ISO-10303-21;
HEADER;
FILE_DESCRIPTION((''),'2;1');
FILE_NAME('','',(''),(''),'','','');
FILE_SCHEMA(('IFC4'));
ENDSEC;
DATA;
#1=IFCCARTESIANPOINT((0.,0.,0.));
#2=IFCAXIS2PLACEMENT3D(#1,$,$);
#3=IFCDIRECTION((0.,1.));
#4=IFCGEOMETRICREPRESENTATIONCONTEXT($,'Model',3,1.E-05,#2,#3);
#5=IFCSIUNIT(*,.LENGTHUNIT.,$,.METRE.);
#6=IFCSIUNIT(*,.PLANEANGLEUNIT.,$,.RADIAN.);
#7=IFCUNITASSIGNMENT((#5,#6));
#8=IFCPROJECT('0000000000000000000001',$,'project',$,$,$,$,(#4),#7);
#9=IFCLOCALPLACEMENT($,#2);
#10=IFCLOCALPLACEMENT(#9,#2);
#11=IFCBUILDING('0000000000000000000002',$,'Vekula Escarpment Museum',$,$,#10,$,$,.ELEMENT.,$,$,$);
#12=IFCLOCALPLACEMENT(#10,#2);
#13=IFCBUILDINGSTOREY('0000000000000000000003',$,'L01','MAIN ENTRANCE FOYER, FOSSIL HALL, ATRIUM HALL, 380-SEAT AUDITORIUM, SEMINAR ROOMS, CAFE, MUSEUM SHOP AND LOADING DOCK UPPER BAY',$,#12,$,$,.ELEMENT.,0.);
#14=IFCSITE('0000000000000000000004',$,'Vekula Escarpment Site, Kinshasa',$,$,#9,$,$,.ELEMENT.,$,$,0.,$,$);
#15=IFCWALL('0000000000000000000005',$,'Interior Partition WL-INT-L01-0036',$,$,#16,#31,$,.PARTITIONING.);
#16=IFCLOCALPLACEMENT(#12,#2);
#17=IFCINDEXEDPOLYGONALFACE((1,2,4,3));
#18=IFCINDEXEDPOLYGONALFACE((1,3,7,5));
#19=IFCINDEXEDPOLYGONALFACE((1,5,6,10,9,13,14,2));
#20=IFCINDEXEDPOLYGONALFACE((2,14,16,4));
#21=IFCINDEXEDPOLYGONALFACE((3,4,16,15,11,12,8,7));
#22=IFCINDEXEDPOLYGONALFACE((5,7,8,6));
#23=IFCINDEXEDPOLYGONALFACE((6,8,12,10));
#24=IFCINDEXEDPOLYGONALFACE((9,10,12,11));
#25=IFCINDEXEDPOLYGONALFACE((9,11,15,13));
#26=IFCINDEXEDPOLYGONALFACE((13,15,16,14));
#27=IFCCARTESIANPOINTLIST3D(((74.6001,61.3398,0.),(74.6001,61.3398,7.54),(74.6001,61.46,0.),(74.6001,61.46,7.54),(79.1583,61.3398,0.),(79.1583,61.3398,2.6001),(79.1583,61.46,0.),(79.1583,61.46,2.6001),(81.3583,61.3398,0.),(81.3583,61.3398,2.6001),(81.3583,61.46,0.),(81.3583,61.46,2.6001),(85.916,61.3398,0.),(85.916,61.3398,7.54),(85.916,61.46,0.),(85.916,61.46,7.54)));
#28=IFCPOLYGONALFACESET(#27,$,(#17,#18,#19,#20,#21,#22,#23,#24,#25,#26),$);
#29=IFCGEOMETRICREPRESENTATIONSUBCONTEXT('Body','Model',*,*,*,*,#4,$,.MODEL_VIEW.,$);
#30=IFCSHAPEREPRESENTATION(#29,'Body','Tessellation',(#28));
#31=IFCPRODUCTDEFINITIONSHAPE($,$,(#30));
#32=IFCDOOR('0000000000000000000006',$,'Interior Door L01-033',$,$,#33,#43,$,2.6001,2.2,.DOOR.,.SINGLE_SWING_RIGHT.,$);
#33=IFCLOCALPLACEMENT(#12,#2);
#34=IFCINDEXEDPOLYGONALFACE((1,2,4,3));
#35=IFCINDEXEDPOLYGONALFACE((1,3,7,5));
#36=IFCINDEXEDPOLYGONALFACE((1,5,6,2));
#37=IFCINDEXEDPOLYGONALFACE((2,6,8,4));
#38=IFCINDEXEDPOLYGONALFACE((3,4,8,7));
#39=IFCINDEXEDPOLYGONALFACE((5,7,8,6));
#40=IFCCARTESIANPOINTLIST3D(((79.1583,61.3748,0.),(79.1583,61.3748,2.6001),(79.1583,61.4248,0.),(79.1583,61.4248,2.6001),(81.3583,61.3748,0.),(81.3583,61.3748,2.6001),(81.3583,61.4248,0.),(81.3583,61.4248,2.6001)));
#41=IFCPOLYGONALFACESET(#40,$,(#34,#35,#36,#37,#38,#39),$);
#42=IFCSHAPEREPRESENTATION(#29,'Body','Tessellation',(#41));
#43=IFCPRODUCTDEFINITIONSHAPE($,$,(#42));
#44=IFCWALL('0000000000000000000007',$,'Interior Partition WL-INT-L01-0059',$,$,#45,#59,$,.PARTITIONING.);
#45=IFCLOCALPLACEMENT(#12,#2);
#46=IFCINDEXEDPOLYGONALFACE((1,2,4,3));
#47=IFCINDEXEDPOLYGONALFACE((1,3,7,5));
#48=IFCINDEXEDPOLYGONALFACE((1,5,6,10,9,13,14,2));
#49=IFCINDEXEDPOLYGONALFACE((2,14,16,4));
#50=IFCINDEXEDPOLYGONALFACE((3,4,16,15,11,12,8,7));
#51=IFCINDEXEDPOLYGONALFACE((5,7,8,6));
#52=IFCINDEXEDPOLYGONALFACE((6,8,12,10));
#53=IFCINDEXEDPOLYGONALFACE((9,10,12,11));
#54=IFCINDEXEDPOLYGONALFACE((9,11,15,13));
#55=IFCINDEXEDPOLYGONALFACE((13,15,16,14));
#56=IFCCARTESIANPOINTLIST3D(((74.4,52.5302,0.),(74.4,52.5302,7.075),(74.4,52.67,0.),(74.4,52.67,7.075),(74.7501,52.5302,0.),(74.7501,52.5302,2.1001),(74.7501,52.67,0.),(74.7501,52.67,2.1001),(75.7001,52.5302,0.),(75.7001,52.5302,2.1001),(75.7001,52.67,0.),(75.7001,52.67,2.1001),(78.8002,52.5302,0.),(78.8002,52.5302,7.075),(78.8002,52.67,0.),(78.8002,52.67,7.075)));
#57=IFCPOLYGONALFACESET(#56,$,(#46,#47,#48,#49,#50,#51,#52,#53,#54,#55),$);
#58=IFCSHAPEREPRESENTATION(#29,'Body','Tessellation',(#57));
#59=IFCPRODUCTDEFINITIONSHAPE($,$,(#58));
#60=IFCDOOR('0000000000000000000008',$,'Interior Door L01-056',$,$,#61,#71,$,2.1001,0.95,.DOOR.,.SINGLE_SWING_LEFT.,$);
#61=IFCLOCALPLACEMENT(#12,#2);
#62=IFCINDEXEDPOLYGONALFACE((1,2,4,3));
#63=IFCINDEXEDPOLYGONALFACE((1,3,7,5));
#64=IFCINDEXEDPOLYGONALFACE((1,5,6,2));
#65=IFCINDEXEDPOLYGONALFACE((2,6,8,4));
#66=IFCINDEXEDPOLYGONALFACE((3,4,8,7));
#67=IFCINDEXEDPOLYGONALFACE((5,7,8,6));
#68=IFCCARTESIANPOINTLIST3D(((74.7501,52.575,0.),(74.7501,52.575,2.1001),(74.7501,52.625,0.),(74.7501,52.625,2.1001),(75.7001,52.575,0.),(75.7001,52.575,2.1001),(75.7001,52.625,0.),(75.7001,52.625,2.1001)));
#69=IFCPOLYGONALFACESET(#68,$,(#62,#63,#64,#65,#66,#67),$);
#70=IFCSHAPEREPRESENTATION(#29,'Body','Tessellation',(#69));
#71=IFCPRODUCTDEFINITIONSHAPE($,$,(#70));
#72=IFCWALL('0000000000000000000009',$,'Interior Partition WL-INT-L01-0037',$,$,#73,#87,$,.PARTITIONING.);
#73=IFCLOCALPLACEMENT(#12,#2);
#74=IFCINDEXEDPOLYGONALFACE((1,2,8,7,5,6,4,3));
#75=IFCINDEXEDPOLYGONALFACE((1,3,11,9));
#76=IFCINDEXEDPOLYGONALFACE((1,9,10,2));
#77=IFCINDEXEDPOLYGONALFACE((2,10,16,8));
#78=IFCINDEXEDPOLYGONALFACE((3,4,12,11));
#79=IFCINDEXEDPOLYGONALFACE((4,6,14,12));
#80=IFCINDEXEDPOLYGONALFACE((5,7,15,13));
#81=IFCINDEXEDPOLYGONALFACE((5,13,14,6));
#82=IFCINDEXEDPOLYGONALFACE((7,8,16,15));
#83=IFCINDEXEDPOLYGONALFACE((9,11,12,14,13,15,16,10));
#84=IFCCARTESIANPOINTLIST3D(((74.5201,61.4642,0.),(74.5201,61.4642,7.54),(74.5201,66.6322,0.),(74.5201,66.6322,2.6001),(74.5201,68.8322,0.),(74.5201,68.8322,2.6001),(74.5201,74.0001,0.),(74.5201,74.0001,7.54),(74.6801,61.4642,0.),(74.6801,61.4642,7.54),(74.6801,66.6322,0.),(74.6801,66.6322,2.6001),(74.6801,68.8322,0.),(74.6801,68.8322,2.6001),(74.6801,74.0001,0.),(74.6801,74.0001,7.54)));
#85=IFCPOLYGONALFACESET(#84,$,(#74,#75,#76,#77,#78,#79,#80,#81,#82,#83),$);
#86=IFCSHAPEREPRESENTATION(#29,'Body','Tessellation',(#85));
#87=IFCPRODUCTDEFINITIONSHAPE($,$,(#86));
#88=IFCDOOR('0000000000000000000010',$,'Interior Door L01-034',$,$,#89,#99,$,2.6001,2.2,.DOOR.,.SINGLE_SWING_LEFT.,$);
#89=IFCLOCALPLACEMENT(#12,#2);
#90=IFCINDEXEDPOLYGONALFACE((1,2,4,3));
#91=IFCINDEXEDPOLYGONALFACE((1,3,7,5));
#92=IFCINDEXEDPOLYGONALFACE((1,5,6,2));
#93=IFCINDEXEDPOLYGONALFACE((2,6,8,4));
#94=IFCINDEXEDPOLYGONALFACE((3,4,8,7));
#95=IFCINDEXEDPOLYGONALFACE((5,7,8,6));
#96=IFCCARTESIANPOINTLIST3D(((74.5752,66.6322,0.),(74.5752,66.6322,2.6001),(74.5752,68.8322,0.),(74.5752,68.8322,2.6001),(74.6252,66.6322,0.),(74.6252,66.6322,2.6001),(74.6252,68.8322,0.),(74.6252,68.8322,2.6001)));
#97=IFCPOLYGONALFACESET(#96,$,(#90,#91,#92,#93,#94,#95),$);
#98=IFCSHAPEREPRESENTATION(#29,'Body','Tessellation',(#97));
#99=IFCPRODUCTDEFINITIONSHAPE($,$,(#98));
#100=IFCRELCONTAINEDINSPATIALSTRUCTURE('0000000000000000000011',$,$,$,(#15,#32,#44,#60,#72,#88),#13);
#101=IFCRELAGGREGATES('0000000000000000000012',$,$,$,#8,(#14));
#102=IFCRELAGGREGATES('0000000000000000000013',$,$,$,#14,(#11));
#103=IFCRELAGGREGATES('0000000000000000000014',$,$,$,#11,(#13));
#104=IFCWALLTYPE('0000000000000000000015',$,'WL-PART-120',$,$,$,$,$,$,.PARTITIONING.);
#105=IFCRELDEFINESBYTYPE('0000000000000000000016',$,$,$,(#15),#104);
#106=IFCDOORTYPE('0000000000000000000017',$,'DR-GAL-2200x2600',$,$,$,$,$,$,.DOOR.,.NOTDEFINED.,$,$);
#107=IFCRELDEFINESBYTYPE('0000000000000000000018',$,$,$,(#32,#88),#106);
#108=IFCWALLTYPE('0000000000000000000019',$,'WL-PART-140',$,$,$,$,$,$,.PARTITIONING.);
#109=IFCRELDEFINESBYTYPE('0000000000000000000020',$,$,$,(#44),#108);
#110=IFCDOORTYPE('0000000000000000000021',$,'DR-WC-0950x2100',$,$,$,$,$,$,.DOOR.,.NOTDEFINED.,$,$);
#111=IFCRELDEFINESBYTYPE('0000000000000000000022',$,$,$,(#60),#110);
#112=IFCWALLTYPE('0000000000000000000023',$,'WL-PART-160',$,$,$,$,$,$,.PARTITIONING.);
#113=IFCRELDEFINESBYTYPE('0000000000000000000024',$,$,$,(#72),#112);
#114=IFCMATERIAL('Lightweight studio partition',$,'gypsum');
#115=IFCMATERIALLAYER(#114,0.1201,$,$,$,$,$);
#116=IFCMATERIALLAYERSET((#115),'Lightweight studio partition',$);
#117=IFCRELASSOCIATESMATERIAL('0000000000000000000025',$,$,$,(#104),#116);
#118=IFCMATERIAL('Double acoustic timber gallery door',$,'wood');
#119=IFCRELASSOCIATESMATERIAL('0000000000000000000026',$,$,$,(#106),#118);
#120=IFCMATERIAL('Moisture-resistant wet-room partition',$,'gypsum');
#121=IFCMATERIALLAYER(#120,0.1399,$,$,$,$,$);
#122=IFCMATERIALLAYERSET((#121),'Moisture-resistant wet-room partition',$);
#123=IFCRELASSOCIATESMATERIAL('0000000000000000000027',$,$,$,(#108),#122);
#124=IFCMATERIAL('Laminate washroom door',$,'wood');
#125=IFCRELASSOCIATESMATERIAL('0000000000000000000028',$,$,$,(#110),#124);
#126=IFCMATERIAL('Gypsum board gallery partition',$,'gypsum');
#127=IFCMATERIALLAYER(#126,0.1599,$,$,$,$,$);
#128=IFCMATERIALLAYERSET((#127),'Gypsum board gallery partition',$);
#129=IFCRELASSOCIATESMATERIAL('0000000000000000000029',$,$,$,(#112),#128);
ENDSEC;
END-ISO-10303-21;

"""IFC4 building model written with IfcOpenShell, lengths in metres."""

from ifc_helpers import new_model, si_unit, direction, frame, frame_2d, origin, place, context, subcontext, project, spatial, rectangle, extrude, material, layer, layer_set, type_object, element, fill, save


model = new_model("IFC4")

# Units and contexts
model_context = context("Model", 3, precision=1e-05, world=origin(), true_north=direction((0.0, 1.0)))
body_context = subcontext(model_context, "Body", "Model", "MODEL_VIEW")
ifc_project = project(units=[si_unit("LENGTHUNIT", "METRE"), si_unit("PLANEANGLEUNIT", "RADIAN")], contexts=[model_context])

# Site, building, storey
site_placement = place(None, origin())
site = spatial("IfcSite", under=ifc_project, at=site_placement, Name="Vekula Escarpment Site, Kinshasa", CompositionType="ELEMENT", RefElevation=0.0)
building_placement = place(site_placement, origin())
building = spatial("IfcBuilding", under=site, at=building_placement, Name="Vekula Escarpment Museum", CompositionType="ELEMENT")
storey_placement = place(building_placement, origin())
storey = spatial("IfcBuildingStorey", under=building, at=storey_placement, Name="L01", Description="MAIN ENTRANCE FOYER, FOSSIL HALL, ATRIUM HALL, 380-SEAT AUDITORIUM, SEMINAR ROOMS, CAFE, MUSEUM SHOP AND LOADING DOCK UPPER BAY", CompositionType="ELEMENT", Elevation=0.0)

# Walls, openings, doors
ifc_material_1 = material(Name="Lightweight studio partition", Category="gypsum")
ifc_layer_1 = layer(ifc_material_1, 0.1201)
ifc_layer_set_1 = layer_set([ifc_layer_1], Name="Lightweight studio partition")
wall_type_1 = type_object("IfcWallType", Name="WL-PART-120", PredefinedType="PARTITIONING", material=ifc_layer_set_1)
wall_1_placement = place(storey_placement, frame((74.6001, 61.3999, 0.0), z_axis=(0.0, 0.0, 1.0), x_axis=(1.0, 0.0, 0.0)))
wall_1 = element("IfcWall", 1, at=wall_1_placement, inside=storey, type_object=wall_type_1, Name="Interior Partition WL-INT-L01-0036", PredefinedType="PARTITIONING", context=body_context, shape_type="SweptSolid", body=[
    extrude(rectangle(XDim=11.3159, YDim=0.1201, at=frame_2d((5.658, 0.0))), origin(), (0.0, 0.0, 1.0), 7.54),
])
opening_1_placement = place(wall_1_placement, frame((4.5581, 0.0, 0.0)))
opening_1 = element("IfcOpeningElement", 2, at=opening_1_placement, cuts=wall_1, PredefinedType="OPENING", context=body_context, shape_type="SweptSolid", body=[
    extrude(rectangle(XDim=2.2, YDim=2.6001, at=frame_2d((1.1001, 1.3))), frame((0.0, 0.0701, 0.0), z_axis=(0.0, -1.0, 0.0), x_axis=(1.0, 0.0, 0.0)), (0.0, 0.0, 1.0), 0.1401),
])
ifc_material_2 = material(Name="Double acoustic timber gallery door", Category="wood")
door_type_1 = type_object("IfcDoorType", Name="DR-GAL-2200x2600", OperationType="NOTDEFINED", PredefinedType="DOOR", material=ifc_material_2)
door_1_placement = place(opening_1_placement, origin())
door_1 = element("IfcDoor", 3, at=door_1_placement, inside=storey, type_object=door_type_1, Name="Interior Door L01-033", OperationType="SINGLE_SWING_RIGHT", OverallHeight=2.6001, OverallWidth=2.2, PredefinedType="DOOR", context=body_context, shape_type="SweptSolid", body=[
    extrude(rectangle(XDim=2.2, YDim=2.6001, at=frame_2d((1.1001, 1.3))), frame((0.0, 0.0249, 0.0), z_axis=(0.0, -1.0, 0.0), x_axis=(1.0, 0.0, 0.0)), (0.0, 0.0, 1.0), 0.05),
])
fill(opening_1, door_1)
ifc_material_3 = material(Name="Moisture-resistant wet-room partition", Category="gypsum")
ifc_layer_2 = layer(ifc_material_3, 0.1399)
ifc_layer_set_2 = layer_set([ifc_layer_2], Name="Moisture-resistant wet-room partition")
wall_type_2 = type_object("IfcWallType", Name="WL-PART-140", PredefinedType="PARTITIONING", material=ifc_layer_set_2)
wall_2_placement = place(storey_placement, frame((74.3999, 52.6001, 0.0), z_axis=(0.0, 0.0, 1.0), x_axis=(1.0, 0.0, 0.0)))
wall_2 = element("IfcWall", 4, at=wall_2_placement, inside=storey, type_object=wall_type_2, Name="Interior Partition WL-INT-L01-0059", PredefinedType="PARTITIONING", context=body_context, shape_type="SweptSolid", body=[
    extrude(rectangle(XDim=4.4001, YDim=0.1399, at=frame_2d((2.2002, 0.0))), origin(), (0.0, 0.0, 1.0), 7.075),
])
opening_2_placement = place(wall_2_placement, frame((0.3501, 0.0, 0.0)))
opening_2 = element("IfcOpeningElement", 5, at=opening_2_placement, cuts=wall_2, PredefinedType="OPENING", context=body_context, shape_type="SweptSolid", body=[
    extrude(rectangle(XDim=0.95, YDim=2.1001, at=frame_2d((0.4751, 1.05))), frame((0.0, 0.0798, 0.0), z_axis=(0.0, -1.0, 0.0), x_axis=(1.0, 0.0, 0.0)), (0.0, 0.0, 1.0), 0.1599),
])
ifc_material_4 = material(Name="Laminate washroom door", Category="wood")
door_type_2 = type_object("IfcDoorType", Name="DR-WC-0950x2100", OperationType="NOTDEFINED", PredefinedType="DOOR", material=ifc_material_4)
door_2_placement = place(opening_2_placement, origin())
door_2 = element("IfcDoor", 6, at=door_2_placement, inside=storey, type_object=door_type_2, Name="Interior Door L01-056", OperationType="SINGLE_SWING_LEFT", OverallHeight=2.1001, OverallWidth=0.95, PredefinedType="DOOR", context=body_context, shape_type="SweptSolid", body=[
    extrude(rectangle(XDim=0.95, YDim=2.1001, at=frame_2d((0.4751, 1.05))), frame((0.0, 0.0249, 0.0), z_axis=(0.0, -1.0, 0.0), x_axis=(1.0, 0.0, 0.0)), (0.0, 0.0, 1.0), 0.05),
])
fill(opening_2, door_2)
ifc_material_5 = material(Name="Gypsum board gallery partition", Category="gypsum")
ifc_layer_3 = layer(ifc_material_5, 0.1599)
ifc_layer_set_3 = layer_set([ifc_layer_3], Name="Gypsum board gallery partition")
wall_type_3 = type_object("IfcWallType", Name="WL-PART-160", PredefinedType="PARTITIONING", material=ifc_layer_set_3)
wall_3_placement = place(storey_placement, frame((74.6001, 61.4641, 0.0), z_axis=(0.0, 0.0, 1.0), x_axis=(0.0, 1.0, 0.0)))
wall_3 = element("IfcWall", 7, at=wall_3_placement, inside=storey, type_object=wall_type_3, Name="Interior Partition WL-INT-L01-0037", PredefinedType="PARTITIONING", context=body_context, shape_type="SweptSolid", body=[
    extrude(rectangle(XDim=12.5359, YDim=0.1599, at=frame_2d((6.2681, 0.0))), origin(), (0.0, 0.0, 1.0), 7.54),
])
opening_3_placement = place(wall_3_placement, frame((5.168, 0.0, 0.0)))
opening_3 = element("IfcOpeningElement", 8, at=opening_3_placement, cuts=wall_3, PredefinedType="OPENING", context=body_context, shape_type="SweptSolid", body=[
    extrude(rectangle(XDim=2.2, YDim=2.6001, at=frame_2d((1.1001, 1.3))), frame((0.0, 0.0898, 0.0), z_axis=(0.0, -1.0, 0.0), x_axis=(1.0, 0.0, 0.0)), (0.0, 0.0, 1.0), 0.1799),
])
door_3_placement = place(opening_3_placement, origin())
door_3 = element("IfcDoor", 9, at=door_3_placement, inside=storey, type_object=door_type_1, Name="Interior Door L01-034", OperationType="SINGLE_SWING_LEFT", OverallHeight=2.6001, OverallWidth=2.2, PredefinedType="DOOR", context=body_context, shape_type="SweptSolid", body=[
    extrude(rectangle(XDim=2.2, YDim=2.6001, at=frame_2d((1.1001, 1.3))), frame((0.0, 0.0249, 0.0), z_axis=(0.0, -1.0, 0.0), x_axis=(1.0, 0.0, 0.0)), (0.0, 0.0, 1.0), 0.05),
])
fill(opening_3, door_3)

save(model, "model.ifc")
